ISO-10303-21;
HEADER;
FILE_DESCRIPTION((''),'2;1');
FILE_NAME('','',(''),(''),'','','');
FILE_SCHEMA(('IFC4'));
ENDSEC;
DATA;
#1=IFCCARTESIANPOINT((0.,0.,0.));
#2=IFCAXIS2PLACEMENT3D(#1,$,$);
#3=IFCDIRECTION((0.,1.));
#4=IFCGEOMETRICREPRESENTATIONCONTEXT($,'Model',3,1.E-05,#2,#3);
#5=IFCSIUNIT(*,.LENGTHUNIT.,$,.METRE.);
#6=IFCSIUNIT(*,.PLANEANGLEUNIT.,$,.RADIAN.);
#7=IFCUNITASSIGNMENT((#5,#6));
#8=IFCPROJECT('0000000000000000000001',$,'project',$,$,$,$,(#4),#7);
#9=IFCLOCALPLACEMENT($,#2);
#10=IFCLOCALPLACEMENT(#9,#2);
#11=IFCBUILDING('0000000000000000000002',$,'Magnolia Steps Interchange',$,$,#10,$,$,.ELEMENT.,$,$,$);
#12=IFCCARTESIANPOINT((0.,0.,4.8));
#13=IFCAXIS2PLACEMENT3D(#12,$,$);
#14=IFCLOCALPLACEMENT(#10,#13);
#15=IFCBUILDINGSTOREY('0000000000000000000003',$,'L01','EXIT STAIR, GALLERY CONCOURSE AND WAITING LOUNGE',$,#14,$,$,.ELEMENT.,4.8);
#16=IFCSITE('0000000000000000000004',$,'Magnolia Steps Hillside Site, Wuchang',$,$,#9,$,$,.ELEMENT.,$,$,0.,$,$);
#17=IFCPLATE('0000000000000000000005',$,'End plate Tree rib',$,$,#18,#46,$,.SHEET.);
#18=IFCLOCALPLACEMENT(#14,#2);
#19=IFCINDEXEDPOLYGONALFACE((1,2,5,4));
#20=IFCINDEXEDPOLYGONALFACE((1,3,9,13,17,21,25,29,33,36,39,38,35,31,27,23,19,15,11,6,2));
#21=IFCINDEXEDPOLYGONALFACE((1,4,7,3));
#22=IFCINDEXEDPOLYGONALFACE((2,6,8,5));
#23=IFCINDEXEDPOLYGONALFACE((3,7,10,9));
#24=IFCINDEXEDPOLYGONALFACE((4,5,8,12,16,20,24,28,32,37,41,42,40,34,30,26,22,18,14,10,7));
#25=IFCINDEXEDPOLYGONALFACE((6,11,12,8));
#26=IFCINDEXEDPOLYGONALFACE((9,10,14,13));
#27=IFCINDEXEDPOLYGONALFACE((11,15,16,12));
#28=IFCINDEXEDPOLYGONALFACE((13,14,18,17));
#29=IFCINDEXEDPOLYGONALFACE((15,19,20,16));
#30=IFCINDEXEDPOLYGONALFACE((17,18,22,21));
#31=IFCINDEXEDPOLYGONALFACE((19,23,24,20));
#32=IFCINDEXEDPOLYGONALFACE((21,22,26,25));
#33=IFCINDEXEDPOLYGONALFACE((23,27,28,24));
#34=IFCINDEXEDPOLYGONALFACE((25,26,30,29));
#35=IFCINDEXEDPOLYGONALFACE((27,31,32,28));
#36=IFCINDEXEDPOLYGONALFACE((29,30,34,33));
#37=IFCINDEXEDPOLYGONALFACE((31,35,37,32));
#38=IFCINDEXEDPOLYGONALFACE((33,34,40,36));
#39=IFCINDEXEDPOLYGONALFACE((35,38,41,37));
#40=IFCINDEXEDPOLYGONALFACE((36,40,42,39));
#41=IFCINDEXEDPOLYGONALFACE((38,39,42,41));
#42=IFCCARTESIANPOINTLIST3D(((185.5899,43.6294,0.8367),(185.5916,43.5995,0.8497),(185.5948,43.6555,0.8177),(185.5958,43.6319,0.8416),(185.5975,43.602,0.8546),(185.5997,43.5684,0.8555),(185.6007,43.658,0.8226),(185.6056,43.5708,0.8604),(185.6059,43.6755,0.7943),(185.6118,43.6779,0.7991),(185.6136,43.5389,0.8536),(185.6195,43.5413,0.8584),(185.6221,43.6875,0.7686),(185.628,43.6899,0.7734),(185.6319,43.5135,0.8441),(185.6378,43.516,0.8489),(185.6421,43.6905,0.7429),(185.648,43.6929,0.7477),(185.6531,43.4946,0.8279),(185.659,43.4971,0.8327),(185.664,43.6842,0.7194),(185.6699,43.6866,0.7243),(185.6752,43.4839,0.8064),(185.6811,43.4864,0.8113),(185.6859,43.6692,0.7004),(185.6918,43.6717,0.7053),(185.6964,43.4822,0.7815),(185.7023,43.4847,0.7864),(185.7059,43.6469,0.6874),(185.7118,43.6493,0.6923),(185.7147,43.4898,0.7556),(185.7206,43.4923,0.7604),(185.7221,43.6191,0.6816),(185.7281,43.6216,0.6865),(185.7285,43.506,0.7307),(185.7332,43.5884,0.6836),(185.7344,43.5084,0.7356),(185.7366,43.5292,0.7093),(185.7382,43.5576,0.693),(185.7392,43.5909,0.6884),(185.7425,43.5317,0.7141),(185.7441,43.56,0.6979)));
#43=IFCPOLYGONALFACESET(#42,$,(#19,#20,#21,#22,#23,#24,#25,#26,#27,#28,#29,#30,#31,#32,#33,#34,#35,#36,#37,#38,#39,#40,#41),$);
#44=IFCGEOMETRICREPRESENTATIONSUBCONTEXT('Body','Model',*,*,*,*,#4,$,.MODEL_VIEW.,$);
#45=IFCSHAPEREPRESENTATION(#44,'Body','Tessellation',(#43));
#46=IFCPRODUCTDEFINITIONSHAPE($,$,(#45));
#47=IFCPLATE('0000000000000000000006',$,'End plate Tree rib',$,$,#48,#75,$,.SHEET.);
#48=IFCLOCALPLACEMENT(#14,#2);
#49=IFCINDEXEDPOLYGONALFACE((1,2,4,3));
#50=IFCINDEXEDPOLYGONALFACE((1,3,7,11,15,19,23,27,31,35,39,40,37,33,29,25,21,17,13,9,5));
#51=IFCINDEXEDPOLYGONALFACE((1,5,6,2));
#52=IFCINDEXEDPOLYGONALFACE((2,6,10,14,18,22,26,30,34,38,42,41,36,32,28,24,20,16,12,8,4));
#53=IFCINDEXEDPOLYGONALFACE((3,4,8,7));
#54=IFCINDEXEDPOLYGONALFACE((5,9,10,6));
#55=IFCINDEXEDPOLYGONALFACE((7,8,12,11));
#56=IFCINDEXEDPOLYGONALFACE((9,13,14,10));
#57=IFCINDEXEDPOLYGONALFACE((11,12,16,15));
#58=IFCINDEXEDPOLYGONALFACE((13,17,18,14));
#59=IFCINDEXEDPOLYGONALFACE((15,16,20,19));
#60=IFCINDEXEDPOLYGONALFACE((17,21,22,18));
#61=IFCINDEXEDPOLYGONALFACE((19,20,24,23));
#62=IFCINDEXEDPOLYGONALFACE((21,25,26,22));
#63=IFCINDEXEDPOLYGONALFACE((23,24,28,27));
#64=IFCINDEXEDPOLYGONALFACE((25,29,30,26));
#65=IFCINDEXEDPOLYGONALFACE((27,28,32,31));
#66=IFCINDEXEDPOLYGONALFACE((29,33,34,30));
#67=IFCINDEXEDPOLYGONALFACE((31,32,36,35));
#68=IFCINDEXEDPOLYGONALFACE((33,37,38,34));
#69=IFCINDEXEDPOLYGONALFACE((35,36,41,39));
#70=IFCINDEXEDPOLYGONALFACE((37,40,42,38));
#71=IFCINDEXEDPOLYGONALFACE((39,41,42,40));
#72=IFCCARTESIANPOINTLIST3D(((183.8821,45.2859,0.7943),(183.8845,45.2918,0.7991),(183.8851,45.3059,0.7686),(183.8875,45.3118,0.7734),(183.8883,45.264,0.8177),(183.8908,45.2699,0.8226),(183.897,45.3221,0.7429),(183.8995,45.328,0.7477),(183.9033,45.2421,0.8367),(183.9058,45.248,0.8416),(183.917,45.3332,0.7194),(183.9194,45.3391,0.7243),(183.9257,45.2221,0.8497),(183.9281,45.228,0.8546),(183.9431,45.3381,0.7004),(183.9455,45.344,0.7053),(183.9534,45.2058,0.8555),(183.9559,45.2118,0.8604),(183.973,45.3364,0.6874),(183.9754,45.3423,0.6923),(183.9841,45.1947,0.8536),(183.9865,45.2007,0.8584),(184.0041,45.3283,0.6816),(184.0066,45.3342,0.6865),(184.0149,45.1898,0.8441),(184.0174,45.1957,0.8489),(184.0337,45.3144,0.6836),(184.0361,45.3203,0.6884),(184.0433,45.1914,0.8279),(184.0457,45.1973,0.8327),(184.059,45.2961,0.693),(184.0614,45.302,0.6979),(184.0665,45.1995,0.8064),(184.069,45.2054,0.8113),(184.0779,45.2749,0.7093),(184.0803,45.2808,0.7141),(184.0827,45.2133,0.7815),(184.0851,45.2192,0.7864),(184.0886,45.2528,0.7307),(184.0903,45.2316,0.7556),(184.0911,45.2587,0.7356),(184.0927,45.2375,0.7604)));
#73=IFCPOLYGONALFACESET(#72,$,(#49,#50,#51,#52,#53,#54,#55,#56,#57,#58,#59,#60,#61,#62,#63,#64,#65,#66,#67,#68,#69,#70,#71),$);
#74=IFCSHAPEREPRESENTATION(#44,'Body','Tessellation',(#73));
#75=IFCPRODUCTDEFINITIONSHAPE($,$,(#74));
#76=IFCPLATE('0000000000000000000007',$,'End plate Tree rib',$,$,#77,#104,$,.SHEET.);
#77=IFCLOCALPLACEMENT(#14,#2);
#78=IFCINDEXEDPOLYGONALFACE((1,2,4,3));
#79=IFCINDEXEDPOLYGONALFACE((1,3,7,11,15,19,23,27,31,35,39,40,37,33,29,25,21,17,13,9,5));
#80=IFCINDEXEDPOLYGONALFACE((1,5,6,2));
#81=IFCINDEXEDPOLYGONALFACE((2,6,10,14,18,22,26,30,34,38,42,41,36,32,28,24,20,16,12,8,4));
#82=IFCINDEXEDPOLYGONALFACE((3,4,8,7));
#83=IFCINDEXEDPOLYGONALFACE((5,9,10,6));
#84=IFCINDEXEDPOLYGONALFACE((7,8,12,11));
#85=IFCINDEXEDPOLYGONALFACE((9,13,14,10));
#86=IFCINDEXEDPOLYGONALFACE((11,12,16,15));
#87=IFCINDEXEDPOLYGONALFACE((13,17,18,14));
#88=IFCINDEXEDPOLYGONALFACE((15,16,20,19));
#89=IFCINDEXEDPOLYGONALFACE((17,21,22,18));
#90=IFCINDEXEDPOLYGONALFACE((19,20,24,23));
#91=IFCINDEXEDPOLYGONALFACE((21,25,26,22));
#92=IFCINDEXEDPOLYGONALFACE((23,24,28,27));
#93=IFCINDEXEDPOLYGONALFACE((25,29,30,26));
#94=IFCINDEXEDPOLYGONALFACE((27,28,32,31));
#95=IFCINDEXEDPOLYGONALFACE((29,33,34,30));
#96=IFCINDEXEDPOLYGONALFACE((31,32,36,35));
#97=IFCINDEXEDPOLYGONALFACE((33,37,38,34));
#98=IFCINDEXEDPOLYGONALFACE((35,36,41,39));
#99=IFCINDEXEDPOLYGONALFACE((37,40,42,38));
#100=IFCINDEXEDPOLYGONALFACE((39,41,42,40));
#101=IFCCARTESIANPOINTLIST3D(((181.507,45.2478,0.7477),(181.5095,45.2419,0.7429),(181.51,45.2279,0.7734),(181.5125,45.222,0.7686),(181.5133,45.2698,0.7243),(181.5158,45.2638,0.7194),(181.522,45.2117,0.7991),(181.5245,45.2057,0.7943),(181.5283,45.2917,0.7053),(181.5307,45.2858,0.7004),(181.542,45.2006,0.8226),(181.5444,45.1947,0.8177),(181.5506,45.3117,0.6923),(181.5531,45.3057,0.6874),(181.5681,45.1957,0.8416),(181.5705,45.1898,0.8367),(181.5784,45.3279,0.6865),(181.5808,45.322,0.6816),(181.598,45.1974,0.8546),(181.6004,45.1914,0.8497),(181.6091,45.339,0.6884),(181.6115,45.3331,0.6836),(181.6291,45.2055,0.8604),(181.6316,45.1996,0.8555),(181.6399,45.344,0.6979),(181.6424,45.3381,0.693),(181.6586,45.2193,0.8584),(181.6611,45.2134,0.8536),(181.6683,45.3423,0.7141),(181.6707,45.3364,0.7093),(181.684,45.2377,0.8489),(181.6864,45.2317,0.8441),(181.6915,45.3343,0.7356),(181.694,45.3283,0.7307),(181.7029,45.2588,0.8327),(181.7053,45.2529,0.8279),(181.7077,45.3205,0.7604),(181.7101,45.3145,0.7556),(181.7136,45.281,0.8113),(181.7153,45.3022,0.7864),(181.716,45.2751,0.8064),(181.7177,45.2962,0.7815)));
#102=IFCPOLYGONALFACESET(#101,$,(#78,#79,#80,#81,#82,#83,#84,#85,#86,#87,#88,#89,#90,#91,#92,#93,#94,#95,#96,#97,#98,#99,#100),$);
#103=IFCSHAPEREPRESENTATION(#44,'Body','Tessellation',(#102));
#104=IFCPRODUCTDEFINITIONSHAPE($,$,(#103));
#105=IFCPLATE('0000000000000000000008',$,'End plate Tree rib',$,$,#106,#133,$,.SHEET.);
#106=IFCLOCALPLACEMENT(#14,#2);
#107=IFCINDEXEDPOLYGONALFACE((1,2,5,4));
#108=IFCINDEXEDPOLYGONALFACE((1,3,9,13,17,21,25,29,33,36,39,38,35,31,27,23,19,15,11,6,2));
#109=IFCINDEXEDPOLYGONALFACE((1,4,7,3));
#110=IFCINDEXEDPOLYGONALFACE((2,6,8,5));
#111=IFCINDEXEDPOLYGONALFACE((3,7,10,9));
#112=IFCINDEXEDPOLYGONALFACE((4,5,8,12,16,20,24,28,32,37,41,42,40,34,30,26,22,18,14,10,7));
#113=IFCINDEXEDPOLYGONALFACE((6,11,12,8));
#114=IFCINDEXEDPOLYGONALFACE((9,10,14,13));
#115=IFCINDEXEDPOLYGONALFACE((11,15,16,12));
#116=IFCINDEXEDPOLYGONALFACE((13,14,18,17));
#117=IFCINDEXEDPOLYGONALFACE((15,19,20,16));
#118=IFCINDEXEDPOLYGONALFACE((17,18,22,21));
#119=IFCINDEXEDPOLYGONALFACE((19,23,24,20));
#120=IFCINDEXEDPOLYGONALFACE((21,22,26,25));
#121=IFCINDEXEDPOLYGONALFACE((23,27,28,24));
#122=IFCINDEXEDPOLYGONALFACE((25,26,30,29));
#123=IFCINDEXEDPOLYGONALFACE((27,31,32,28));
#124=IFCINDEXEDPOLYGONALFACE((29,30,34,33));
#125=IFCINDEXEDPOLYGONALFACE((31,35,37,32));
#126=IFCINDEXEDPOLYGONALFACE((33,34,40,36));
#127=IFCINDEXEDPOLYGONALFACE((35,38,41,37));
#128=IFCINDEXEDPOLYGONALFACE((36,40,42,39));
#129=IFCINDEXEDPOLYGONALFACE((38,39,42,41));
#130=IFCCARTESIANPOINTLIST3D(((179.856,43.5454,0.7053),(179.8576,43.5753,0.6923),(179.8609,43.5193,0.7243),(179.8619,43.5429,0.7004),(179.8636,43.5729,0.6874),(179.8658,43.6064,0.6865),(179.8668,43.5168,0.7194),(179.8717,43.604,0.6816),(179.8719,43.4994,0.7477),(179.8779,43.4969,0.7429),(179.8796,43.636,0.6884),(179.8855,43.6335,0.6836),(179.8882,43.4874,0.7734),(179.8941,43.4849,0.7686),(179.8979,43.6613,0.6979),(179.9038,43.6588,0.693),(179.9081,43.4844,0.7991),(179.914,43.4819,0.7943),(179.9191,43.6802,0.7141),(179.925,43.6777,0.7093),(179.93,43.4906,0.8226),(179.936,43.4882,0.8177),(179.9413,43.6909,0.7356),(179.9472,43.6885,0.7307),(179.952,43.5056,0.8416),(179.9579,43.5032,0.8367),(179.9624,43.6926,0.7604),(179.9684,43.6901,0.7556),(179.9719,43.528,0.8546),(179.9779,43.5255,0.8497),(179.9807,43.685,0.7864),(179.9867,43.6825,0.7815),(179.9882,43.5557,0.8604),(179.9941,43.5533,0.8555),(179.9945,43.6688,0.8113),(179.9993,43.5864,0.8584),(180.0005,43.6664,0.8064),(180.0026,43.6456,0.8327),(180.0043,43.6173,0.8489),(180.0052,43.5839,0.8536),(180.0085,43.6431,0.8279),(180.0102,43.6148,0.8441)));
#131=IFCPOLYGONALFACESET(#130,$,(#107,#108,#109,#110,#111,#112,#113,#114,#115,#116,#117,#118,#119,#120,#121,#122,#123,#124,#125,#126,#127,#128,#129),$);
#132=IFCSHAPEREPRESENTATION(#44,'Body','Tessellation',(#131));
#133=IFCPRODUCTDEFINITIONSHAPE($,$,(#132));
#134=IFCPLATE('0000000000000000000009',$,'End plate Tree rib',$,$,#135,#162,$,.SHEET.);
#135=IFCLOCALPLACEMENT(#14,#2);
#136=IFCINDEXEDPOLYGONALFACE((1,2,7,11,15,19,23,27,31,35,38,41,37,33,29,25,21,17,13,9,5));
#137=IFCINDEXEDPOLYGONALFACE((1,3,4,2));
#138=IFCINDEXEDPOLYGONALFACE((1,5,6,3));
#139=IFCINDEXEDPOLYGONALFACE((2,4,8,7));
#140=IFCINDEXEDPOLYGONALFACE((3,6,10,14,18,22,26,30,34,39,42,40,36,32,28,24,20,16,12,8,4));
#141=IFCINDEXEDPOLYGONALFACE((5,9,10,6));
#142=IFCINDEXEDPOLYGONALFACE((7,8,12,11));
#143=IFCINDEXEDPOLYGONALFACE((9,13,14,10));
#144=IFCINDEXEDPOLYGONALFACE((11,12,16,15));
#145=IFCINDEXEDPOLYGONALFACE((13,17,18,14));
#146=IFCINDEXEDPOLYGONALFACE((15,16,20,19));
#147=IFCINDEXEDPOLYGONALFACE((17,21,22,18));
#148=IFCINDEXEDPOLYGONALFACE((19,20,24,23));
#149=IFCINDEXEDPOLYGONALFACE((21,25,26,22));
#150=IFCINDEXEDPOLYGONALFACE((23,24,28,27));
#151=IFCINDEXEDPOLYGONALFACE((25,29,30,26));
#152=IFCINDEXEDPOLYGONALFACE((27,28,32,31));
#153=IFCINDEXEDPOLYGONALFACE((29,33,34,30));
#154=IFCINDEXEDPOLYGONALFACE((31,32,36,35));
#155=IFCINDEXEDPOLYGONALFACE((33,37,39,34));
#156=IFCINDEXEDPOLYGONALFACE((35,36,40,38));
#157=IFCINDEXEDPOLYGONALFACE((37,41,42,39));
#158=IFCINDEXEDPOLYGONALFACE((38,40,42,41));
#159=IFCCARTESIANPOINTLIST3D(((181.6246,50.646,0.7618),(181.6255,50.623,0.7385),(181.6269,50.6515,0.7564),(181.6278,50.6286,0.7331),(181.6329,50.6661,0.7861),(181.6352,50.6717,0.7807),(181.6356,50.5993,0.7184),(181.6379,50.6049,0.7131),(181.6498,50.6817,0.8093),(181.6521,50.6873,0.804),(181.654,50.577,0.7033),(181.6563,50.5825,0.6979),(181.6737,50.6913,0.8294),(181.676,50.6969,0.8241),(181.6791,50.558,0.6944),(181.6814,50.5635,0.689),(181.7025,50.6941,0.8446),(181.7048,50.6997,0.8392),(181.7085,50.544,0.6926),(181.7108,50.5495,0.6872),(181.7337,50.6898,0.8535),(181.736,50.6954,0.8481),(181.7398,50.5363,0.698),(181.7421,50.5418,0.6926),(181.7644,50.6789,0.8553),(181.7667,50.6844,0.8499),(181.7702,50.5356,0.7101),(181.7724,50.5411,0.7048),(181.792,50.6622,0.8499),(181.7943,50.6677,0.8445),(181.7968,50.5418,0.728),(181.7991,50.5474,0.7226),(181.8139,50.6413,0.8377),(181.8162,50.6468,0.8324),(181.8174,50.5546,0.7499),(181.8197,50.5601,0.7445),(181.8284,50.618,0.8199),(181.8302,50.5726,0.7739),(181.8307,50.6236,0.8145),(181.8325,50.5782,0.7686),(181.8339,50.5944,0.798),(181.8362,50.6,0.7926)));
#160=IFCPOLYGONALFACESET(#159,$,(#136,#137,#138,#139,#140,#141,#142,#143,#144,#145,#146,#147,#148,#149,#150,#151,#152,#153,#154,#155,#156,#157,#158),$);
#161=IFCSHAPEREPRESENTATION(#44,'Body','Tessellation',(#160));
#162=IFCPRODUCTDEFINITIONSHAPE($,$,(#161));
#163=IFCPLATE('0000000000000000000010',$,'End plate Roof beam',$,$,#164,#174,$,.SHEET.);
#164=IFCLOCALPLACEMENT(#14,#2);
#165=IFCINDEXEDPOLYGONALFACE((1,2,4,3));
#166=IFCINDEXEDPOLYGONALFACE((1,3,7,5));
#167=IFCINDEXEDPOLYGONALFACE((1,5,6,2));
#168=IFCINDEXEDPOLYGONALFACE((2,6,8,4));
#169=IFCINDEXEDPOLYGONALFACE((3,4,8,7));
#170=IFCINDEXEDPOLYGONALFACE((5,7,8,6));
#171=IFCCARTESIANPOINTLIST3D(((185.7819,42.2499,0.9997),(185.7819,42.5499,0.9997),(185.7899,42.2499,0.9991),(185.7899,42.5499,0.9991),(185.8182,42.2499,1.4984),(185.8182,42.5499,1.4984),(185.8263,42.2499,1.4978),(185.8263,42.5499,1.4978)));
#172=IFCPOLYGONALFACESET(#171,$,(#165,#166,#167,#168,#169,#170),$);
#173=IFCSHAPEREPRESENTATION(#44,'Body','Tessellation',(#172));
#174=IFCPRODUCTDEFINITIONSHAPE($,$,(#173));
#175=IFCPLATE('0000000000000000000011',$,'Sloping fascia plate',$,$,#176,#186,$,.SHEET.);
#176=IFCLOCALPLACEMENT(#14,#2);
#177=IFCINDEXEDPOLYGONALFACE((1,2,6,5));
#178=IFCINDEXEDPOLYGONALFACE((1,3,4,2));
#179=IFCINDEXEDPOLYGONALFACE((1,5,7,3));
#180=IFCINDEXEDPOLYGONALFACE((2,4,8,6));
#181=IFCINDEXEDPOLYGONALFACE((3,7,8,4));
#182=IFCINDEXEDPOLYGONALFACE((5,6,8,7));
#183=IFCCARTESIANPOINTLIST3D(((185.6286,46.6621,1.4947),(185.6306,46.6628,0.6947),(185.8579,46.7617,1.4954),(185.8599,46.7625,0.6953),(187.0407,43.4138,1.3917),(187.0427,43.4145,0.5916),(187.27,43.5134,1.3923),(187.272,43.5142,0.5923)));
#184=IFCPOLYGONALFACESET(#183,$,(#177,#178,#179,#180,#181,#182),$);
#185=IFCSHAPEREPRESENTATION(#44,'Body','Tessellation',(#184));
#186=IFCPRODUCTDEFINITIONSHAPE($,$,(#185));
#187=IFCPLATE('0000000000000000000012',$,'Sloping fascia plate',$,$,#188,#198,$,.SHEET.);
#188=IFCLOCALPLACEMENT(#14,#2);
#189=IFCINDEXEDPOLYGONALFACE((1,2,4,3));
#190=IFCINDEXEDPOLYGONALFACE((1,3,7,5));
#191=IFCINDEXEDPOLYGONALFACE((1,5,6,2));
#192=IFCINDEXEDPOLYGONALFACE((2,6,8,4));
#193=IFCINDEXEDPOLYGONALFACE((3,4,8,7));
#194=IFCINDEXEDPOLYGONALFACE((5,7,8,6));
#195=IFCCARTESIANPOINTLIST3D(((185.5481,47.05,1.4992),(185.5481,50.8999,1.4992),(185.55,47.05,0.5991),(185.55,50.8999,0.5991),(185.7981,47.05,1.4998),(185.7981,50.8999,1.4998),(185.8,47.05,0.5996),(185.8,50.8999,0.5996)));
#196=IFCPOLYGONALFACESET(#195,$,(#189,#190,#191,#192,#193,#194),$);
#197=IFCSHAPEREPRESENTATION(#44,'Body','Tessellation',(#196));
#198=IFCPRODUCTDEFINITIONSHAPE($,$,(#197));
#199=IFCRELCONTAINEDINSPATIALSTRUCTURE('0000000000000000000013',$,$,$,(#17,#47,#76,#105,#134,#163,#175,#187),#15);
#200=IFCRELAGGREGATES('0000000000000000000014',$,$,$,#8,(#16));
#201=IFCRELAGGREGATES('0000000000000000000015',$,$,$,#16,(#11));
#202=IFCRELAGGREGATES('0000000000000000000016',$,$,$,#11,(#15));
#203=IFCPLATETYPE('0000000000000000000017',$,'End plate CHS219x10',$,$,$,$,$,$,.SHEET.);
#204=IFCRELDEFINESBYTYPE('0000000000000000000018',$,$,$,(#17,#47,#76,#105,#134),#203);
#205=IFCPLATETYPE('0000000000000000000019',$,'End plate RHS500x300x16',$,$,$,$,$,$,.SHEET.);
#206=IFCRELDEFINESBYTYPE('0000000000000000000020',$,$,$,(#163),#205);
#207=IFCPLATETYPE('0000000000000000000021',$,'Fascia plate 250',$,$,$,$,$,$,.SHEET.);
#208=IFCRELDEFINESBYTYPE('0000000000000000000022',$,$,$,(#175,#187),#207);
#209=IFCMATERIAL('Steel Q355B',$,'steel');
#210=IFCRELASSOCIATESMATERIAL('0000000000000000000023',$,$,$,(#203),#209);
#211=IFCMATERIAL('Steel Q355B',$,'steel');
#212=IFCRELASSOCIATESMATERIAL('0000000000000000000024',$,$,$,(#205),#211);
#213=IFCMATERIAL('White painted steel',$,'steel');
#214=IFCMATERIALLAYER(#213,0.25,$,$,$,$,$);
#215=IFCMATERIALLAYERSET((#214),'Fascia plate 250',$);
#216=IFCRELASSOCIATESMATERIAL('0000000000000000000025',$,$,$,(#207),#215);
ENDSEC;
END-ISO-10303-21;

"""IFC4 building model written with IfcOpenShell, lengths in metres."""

from ifc_helpers import new_model, si_unit, direction, frame, origin, origin_2d, place, context, subcontext, project, spatial, polyline, rectangle, circle, outline, extrude, material, layer, layer_set, material_profile, profile_set, type_object, element, save


model = new_model("IFC4")

# Units and contexts
model_context = context("Model", 3, precision=1e-05, world=origin(), true_north=direction((0.0, 1.0)))
body_context = subcontext(model_context, "Body", "Model", "MODEL_VIEW")
ifc_project = project(units=[si_unit("LENGTHUNIT", "METRE"), si_unit("PLANEANGLEUNIT", "RADIAN")], contexts=[model_context])

# Site, building, storey
site_placement = place(None, origin())
site = spatial("IfcSite", under=ifc_project, at=site_placement, Name="Magnolia Steps Hillside Site, Wuchang", CompositionType="ELEMENT", RefElevation=0.0)
building_placement = place(site_placement, origin())
building = spatial("IfcBuilding", under=site, at=building_placement, Name="Magnolia Steps Interchange", CompositionType="ELEMENT")
storey_placement = place(building_placement, frame((0.0, 0.0, 4.8)))
storey = spatial("IfcBuildingStorey", under=building, at=storey_placement, Name="L01", Description="EXIT STAIR, GALLERY CONCOURSE AND WAITING LOUNGE", CompositionType="ELEMENT", Elevation=4.8)

# Plates
ifc_material_1 = material(Name="Steel Q355B", Category="steel")
ifc_material_profile_1 = material_profile(ifc_material_1, circle(Radius=0.1096, at=origin_2d()), Name="End plate CHS219x10")
ifc_profile_set_1 = profile_set([ifc_material_profile_1], Name="Steel Q355B")
plate_type_1 = type_object("IfcPlateType", Name="End plate CHS219x10", PredefinedType="SHEET", material=ifc_profile_set_1)
for number, where, z_axis, x_axis, name in (
    (1, (185.6641, 43.5862, 0.7686), (0.734831, 0.304377, 0.606117), (-0.382683, 0.92388, 0.0), "End plate Tree rib"),
    (2, (183.9863, 45.2639, 0.7686), (0.304377, 0.734831, 0.606117), (-0.92388, 0.382683, 0.0), "End plate Tree rib"),
    (3, (181.6138, 45.2639, 0.7686), (-0.304377, 0.734831, 0.606117), (-0.92388, -0.382683, 0.0), "End plate Tree rib"),
    (4, (179.936, 43.5862, 0.7686), (-0.734831, 0.304377, 0.606117), (-0.382683, -0.92388, 0.0), "End plate Tree rib"),
    (5, (181.7312, 50.6201, 0.7686), (-0.284874, -0.687748, 0.66772), (0.92388, -0.382683, 0.0), "End plate Tree rib"),
):
    element("IfcPlate", number, at=place(storey_placement, frame(where, z_axis=z_axis, x_axis=x_axis)), inside=storey, type_object=plate_type_1, Name=name, PredefinedType="SHEET", context=body_context, shape_type="SweptSolid", body=[
        extrude(circle(Radius=0.1096, at=origin_2d()), origin(), (0.0, 0.0, 1.0), 0.0081),
    ])
ifc_material_2 = material(Name="Steel Q355B", Category="steel")
ifc_material_profile_2 = material_profile(ifc_material_2, rectangle(XDim=0.3, YDim=0.5, at=origin_2d()), Name="End plate RHS500x300x16")
ifc_profile_set_2 = profile_set([ifc_material_profile_2], Name="Steel Q355B")
plate_type_2 = type_object("IfcPlateType", Name="End plate RHS500x300x16", PredefinedType="SHEET", material=ifc_profile_set_2)
plate_1_placement = place(storey_placement, frame((185.8, 42.3999, 1.249), z_axis=(0.997351, 0.0, -0.07274), x_axis=(0.0, 1.0, 0.0)))
element("IfcPlate", 6, at=plate_1_placement, inside=storey, type_object=plate_type_2, Name="End plate Roof beam", PredefinedType="SHEET", context=body_context, shape_type="SweptSolid", body=[
    extrude(rectangle(XDim=0.3, YDim=0.5, at=origin_2d()), origin(), (0.0, 0.0, 1.0), 0.0081),
])
ifc_material_3 = material(Name="White painted steel", Category="steel")
ifc_layer_1 = layer(ifc_material_3, 0.25)
ifc_layer_set_1 = layer_set([ifc_layer_1], Name="Fascia plate 250")
plate_type_3 = type_object("IfcPlateType", Name="Fascia plate 250", PredefinedType="SHEET", material=ifc_layer_set_1)
plate_2_placement = place(storey_placement, frame((187.272, 43.5142, 0.5923), z_axis=(0.917117, 0.39861, 0.002604), x_axis=(-0.398512, 0.916702, 0.029075)))
element("IfcPlate", 7, at=plate_2_placement, inside=storey, type_object=plate_type_3, Name="Sloping fascia plate", PredefinedType="SHEET", context=body_context, shape_type="SweptSolid", body=[
    extrude(outline(polyline([(0.0, 0.0), (3.5435, 0.0), (3.5668, 0.7997), (0.0234, 0.7997), (0.0, 0.0)])), origin(), (0.0, 0.0, -1.0), 0.25),
])
plate_3_placement = place(storey_placement, frame((185.8, 47.05, 0.5996), z_axis=(0.999998, 0.0, 0.00217), x_axis=(0.0, 1.0, 0.0)))
element("IfcPlate", 8, at=plate_3_placement, inside=storey, type_object=plate_type_3, Name="Sloping fascia plate", PredefinedType="SHEET", context=body_context, shape_type="SweptSolid", body=[
    extrude(outline(polyline([(0.0, 0.0), (3.8499, 0.0), (3.8499, 0.9001), (0.0, 0.9001), (0.0, 0.0)])), origin(), (0.0, 0.0, -1.0), 0.25),
])

save(model, "model.ifc")
